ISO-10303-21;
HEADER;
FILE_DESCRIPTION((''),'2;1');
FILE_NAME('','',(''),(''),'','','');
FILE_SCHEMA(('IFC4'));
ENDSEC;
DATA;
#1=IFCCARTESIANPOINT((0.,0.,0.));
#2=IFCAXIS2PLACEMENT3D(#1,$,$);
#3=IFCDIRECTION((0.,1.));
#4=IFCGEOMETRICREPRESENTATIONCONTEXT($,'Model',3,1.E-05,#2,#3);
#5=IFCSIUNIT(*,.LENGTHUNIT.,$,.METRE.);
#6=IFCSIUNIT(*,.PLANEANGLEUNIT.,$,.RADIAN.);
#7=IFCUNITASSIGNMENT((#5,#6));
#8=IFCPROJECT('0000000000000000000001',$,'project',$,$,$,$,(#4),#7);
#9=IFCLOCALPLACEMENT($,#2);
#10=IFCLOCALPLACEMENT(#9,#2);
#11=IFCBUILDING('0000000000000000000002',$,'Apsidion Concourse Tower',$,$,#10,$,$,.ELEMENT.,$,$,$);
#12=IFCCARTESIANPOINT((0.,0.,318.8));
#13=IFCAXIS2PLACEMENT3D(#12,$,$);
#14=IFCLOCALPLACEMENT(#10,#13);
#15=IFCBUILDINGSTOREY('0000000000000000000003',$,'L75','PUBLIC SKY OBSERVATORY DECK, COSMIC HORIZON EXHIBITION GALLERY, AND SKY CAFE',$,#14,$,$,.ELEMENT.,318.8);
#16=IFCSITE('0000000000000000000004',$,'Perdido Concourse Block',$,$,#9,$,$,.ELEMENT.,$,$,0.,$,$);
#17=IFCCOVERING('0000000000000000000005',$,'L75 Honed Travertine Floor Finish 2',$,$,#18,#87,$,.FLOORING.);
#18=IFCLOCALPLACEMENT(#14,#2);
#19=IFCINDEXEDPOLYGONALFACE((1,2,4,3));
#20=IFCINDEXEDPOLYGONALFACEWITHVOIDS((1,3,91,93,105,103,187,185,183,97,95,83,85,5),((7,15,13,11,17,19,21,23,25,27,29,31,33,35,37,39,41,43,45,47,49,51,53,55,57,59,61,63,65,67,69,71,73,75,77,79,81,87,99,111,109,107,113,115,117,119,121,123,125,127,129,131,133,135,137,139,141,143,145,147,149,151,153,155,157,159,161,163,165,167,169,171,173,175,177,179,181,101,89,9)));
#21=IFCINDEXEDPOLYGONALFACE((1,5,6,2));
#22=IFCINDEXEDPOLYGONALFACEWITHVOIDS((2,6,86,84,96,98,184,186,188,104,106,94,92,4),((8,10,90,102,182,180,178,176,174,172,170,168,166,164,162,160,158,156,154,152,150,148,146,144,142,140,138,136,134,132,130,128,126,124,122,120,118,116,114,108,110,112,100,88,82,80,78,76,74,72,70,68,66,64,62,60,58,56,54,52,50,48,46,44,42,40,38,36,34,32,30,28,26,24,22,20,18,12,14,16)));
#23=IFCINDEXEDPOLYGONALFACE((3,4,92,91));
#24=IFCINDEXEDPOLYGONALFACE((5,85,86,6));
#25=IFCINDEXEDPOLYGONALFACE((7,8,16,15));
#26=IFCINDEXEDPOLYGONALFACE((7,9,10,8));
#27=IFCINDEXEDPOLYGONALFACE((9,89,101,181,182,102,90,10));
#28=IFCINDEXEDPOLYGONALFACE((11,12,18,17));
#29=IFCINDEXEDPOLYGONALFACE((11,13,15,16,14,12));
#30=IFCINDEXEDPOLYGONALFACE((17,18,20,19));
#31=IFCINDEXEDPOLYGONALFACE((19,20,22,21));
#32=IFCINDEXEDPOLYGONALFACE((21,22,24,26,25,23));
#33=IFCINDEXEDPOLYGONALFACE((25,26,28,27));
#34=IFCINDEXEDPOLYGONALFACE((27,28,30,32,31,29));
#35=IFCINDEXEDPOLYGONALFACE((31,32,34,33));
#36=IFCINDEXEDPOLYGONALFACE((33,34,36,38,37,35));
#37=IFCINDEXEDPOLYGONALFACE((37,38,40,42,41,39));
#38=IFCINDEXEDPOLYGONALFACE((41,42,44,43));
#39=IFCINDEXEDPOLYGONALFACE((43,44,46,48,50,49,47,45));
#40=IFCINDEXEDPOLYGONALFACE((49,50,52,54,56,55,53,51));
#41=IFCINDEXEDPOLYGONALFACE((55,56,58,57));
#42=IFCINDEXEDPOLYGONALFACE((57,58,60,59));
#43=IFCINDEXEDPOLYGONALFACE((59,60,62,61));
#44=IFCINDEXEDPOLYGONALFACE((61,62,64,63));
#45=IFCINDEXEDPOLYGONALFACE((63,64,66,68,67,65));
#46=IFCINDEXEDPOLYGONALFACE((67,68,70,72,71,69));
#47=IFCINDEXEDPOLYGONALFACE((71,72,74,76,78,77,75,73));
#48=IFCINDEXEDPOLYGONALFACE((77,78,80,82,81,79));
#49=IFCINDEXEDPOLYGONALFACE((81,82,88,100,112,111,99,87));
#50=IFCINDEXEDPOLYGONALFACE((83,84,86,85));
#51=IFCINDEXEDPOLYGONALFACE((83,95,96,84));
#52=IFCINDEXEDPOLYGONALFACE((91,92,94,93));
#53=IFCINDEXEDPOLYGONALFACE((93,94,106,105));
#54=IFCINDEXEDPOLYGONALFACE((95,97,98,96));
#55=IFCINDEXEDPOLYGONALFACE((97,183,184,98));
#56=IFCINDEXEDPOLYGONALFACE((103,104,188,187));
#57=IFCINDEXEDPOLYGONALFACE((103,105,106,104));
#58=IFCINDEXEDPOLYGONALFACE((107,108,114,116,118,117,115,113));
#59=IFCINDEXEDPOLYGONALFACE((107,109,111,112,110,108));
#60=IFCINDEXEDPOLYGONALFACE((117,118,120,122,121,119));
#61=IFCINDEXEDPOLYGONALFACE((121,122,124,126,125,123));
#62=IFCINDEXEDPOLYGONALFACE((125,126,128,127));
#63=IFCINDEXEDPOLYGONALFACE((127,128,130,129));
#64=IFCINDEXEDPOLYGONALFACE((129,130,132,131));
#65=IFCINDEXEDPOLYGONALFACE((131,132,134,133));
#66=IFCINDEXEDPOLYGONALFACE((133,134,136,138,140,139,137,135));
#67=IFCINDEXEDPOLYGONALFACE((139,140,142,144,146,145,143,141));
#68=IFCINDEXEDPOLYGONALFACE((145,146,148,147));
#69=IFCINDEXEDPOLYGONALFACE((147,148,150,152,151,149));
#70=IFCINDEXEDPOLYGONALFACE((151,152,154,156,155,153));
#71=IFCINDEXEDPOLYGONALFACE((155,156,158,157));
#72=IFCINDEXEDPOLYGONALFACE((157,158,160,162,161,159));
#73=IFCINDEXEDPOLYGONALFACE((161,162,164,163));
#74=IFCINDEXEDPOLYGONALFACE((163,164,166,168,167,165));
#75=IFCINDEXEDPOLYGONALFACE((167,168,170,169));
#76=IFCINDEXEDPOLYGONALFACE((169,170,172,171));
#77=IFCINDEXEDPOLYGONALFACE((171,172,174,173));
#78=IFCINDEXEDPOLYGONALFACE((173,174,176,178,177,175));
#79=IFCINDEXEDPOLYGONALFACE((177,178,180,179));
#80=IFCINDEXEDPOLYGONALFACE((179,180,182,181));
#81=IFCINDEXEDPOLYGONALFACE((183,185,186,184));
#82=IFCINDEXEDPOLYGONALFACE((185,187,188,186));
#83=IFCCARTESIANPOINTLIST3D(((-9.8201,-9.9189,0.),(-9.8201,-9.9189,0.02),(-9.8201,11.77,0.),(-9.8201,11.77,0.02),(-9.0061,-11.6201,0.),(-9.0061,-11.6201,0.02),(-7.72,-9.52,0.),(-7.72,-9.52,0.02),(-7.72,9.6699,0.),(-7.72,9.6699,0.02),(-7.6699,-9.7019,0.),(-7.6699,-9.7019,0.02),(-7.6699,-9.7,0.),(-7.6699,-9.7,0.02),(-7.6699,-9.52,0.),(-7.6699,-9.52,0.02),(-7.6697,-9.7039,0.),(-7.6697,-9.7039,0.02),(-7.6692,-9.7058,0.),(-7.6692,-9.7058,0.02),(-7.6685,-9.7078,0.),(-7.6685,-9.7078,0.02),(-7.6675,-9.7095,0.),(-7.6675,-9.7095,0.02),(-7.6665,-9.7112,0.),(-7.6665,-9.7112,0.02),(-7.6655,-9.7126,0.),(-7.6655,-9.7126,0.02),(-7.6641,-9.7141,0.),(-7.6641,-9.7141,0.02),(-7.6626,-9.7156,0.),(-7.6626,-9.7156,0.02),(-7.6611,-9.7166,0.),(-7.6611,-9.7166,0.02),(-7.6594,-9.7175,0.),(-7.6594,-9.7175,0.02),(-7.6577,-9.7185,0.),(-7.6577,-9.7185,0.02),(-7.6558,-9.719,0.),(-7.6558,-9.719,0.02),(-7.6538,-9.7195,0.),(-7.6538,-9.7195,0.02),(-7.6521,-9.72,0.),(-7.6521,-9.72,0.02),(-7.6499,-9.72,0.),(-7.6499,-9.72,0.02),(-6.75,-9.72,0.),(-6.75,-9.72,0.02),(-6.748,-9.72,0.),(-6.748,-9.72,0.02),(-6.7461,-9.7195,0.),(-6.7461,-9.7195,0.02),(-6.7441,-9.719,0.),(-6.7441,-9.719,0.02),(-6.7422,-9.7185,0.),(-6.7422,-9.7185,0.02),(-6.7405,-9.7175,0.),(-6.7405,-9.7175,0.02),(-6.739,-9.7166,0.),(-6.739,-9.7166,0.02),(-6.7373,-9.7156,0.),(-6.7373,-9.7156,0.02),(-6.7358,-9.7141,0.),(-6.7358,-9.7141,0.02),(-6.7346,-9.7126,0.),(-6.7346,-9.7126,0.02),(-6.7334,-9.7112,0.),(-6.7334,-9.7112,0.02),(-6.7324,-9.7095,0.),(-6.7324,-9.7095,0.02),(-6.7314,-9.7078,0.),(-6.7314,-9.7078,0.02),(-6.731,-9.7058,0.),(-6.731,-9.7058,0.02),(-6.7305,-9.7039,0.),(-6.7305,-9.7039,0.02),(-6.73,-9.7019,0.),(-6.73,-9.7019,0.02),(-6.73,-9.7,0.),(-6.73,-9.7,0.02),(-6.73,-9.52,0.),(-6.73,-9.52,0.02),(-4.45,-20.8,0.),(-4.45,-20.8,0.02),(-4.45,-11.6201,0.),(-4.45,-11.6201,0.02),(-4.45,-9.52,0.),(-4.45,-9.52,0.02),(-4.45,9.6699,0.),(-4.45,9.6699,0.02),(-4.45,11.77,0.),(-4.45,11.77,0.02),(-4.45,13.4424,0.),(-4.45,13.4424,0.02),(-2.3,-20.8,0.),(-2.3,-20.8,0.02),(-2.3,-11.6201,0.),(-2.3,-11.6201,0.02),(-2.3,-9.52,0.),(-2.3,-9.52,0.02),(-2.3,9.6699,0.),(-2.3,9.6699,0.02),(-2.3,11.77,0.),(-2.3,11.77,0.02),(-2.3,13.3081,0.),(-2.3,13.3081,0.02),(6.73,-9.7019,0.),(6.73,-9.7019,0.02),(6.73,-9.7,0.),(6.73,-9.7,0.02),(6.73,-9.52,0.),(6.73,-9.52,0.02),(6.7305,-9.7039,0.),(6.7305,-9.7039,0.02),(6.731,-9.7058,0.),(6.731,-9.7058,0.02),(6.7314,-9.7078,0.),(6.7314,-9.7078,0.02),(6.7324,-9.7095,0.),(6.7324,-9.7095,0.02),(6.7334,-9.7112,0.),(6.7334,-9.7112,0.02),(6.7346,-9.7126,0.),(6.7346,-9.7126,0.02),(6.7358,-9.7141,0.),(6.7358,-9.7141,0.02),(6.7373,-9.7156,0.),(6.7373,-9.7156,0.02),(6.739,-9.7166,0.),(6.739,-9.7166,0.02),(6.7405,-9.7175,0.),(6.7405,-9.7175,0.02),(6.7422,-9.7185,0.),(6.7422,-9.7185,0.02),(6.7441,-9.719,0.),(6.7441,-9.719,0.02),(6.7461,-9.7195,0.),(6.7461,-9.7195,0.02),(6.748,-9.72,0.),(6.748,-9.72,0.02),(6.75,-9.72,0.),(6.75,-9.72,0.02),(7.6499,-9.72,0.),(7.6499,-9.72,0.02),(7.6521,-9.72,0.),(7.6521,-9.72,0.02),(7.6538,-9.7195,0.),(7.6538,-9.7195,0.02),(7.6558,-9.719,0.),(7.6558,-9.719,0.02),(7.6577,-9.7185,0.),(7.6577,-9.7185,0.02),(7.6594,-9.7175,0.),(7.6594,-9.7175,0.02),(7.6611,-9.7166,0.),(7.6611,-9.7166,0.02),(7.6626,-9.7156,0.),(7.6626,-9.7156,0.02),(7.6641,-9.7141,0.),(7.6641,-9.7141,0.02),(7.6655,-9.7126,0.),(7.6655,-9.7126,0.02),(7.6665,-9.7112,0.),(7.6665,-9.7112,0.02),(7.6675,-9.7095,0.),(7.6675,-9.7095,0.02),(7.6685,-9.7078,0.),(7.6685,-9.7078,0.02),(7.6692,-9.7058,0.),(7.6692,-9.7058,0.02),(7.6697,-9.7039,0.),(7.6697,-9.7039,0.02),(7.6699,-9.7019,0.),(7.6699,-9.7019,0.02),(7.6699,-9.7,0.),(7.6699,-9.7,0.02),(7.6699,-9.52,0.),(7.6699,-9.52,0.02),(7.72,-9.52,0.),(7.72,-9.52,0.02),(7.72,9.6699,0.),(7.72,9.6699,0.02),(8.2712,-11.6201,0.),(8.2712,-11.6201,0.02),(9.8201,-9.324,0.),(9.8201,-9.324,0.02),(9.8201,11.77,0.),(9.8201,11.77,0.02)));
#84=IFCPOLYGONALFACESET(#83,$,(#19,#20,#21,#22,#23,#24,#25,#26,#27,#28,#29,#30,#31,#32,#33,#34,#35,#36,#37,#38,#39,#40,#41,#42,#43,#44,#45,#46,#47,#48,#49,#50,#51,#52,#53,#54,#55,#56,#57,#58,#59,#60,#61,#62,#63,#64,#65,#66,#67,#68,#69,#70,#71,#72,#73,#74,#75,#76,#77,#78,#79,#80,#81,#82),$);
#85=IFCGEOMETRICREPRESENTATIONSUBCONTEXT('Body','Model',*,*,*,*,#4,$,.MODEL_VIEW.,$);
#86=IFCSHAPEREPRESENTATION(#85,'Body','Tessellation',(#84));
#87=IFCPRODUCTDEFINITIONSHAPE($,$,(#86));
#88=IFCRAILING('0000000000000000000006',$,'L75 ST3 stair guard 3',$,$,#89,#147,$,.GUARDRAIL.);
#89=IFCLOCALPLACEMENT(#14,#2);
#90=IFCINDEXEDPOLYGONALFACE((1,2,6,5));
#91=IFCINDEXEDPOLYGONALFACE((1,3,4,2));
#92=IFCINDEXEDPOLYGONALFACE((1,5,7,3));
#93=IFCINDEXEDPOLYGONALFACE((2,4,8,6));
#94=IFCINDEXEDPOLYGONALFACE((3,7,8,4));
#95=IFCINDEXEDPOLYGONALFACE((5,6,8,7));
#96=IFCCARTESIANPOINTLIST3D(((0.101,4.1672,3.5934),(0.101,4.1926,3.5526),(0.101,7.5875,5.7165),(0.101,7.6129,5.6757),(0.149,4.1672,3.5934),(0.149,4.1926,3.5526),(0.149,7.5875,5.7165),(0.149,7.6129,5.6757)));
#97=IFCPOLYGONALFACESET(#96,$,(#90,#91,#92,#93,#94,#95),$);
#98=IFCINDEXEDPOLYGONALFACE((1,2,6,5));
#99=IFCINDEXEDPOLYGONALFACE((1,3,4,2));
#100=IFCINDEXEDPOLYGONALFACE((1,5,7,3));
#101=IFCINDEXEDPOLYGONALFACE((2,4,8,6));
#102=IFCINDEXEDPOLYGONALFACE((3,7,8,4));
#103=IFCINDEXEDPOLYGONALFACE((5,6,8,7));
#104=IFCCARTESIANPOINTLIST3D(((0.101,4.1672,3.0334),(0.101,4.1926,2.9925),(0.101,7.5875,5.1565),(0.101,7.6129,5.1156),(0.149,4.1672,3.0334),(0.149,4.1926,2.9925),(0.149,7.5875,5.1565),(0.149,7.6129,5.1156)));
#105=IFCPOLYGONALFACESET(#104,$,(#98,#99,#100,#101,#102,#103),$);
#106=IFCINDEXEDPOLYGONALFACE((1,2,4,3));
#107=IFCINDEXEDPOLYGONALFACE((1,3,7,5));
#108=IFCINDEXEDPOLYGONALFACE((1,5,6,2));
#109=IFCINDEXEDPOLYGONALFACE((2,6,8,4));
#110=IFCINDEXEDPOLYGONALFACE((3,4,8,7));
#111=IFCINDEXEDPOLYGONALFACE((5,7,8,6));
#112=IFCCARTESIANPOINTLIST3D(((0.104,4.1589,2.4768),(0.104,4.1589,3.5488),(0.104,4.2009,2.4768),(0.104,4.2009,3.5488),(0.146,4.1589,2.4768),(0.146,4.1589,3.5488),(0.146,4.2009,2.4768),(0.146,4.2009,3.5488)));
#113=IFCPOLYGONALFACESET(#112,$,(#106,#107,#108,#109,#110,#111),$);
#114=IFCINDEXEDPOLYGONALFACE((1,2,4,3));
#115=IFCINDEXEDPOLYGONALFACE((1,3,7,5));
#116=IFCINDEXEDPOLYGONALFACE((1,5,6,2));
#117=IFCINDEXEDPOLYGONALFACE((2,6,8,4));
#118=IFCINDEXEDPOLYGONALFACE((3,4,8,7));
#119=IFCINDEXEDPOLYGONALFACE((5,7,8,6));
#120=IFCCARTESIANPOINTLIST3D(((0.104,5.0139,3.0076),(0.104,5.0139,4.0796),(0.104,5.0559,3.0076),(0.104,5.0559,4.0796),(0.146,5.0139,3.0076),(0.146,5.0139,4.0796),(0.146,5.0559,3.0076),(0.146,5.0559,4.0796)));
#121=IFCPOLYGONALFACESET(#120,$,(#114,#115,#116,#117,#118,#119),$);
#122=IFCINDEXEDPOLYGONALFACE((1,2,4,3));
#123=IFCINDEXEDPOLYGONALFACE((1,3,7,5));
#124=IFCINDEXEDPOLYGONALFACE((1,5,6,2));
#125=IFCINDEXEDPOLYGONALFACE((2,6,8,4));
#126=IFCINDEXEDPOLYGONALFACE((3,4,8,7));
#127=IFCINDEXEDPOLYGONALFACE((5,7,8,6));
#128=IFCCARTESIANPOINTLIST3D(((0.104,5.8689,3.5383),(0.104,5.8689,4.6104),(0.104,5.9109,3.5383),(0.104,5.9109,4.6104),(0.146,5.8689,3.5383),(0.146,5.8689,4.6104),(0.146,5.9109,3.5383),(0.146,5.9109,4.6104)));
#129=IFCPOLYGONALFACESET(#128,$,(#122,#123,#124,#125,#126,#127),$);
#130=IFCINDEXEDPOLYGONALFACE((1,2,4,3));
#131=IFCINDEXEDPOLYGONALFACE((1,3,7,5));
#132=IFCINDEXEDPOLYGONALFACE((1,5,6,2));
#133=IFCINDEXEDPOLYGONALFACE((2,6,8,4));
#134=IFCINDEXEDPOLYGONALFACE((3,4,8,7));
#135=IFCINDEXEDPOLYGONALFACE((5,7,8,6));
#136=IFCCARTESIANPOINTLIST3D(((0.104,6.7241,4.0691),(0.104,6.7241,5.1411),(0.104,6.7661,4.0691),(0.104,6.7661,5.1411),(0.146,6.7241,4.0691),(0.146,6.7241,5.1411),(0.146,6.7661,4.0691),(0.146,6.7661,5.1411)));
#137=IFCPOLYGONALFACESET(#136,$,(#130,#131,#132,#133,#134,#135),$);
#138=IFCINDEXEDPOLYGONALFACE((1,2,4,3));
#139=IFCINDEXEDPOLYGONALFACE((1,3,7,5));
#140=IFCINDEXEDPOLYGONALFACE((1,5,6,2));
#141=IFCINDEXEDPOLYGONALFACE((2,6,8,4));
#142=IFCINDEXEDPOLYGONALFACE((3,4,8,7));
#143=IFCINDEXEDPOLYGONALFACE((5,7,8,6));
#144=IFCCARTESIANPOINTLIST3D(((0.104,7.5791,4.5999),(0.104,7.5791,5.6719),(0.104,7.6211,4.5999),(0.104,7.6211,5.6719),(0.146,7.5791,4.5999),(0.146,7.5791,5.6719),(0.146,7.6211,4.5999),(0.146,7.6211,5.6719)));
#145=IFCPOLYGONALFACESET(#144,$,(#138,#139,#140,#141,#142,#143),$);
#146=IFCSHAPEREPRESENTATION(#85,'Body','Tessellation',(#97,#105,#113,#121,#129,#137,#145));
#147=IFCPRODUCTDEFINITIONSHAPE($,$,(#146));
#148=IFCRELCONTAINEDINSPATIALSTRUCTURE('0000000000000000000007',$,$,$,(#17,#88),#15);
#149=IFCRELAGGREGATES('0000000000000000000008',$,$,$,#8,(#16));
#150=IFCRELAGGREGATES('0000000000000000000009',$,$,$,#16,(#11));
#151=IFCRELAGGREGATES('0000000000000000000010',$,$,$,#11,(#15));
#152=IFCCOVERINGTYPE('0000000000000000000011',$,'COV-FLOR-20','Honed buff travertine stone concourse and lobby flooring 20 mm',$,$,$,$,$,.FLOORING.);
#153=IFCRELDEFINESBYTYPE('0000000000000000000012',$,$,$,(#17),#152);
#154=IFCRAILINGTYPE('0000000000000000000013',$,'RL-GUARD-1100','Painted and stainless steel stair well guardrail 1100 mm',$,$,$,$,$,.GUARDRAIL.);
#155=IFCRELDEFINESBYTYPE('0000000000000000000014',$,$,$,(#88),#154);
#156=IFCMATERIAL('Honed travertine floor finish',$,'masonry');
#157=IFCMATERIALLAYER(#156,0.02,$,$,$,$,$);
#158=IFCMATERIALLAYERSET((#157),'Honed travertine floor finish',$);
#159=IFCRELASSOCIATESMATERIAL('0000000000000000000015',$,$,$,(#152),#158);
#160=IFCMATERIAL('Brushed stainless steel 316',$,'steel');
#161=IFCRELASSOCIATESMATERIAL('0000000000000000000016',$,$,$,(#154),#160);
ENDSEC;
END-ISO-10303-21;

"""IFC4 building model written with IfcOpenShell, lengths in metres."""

from ifc_helpers import new_model, si_unit, direction, frame, origin, origin_2d, place, context, subcontext, project, spatial, polyline, rectangle, outline, extrude, material, layer, layer_set, type_object, element, save


model = new_model("IFC4")

# Units and contexts
model_context = context("Model", 3, precision=1e-05, world=origin(), true_north=direction((0.0, 1.0)))
body_context = subcontext(model_context, "Body", "Model", "MODEL_VIEW")
ifc_project = project(units=[si_unit("LENGTHUNIT", "METRE"), si_unit("PLANEANGLEUNIT", "RADIAN")], contexts=[model_context])

# Site, building, storey
site_placement = place(None, origin())
site = spatial("IfcSite", under=ifc_project, at=site_placement, Name="Perdido Concourse Block", CompositionType="ELEMENT", RefElevation=0.0)
building_placement = place(site_placement, origin())
building = spatial("IfcBuilding", under=site, at=building_placement, Name="Apsidion Concourse Tower", CompositionType="ELEMENT")
storey_placement = place(building_placement, frame((0.0, 0.0, 318.8)))
storey = spatial("IfcBuildingStorey", under=building, at=storey_placement, Name="L75", Description="PUBLIC SKY OBSERVATORY DECK, COSMIC HORIZON EXHIBITION GALLERY, AND SKY CAFE", CompositionType="ELEMENT", Elevation=318.8)

# Covering
ifc_material_1 = material(Name="Honed travertine floor finish", Category="masonry")
ifc_layer_1 = layer(ifc_material_1, 0.02)
ifc_layer_set_1 = layer_set([ifc_layer_1], Name="Honed travertine floor finish")
covering_type_1 = type_object("IfcCoveringType", Name="COV-FLOR-20", Description="Honed buff travertine stone concourse and lobby flooring 20 mm", PredefinedType="FLOORING", material=ifc_layer_set_1)
covering_1_placement = place(storey_placement, origin())
element("IfcCovering", 1, at=covering_1_placement, inside=storey, type_object=covering_type_1, Name="L75 Honed Travertine Floor Finish 2", PredefinedType="FLOORING", context=body_context, shape_type="SweptSolid", body=[
    extrude(outline(polyline([(-9.0061, -11.6201), (-9.8201, -9.9189), (-9.8201, 11.77), (-4.45, 11.77), (-4.45, 13.4424), (-2.3, 13.3081), (-2.3, 11.77), (9.8201, 11.77), (9.8201, -9.324), (8.2712, -11.6201), (-2.3, -11.6201), (-2.3, -20.8), (-4.45, -20.8), (-4.45, -11.6201), (-9.0061, -11.6201)]), holes=[polyline([(-2.3, 9.6699), (-4.45, 9.6699), (-7.72, 9.6699), (-7.72, -9.52), (-7.6699, -9.52), (-7.6699, -9.7), (-7.6699, -9.7019), (-7.6697, -9.7039), (-7.6692, -9.7058), (-7.6685, -9.7078), (-7.6675, -9.7095), (-7.6665, -9.7112), (-7.6655, -9.7126), (-7.6641, -9.7141), (-7.6626, -9.7156), (-7.6611, -9.7166), (-7.6594, -9.7175), (-7.6577, -9.7185), (-7.6558, -9.719), (-7.6538, -9.7195), (-7.6521, -9.72), (-7.6499, -9.72), (-6.75, -9.72), (-6.748, -9.72), (-6.7461, -9.7195), (-6.7441, -9.719), (-6.7422, -9.7185), (-6.7405, -9.7175), (-6.739, -9.7166), (-6.7373, -9.7156), (-6.7358, -9.7141), (-6.7346, -9.7126), (-6.7334, -9.7112), (-6.7324, -9.7095), (-6.7314, -9.7078), (-6.731, -9.7058), (-6.7305, -9.7039), (-6.73, -9.7019), (-6.73, -9.7), (-6.73, -9.52), (-4.45, -9.52), (-2.3, -9.52), (6.73, -9.52), (6.73, -9.7), (6.73, -9.7019), (6.7305, -9.7039), (6.731, -9.7058), (6.7314, -9.7078), (6.7324, -9.7095), (6.7334, -9.7112), (6.7346, -9.7126), (6.7358, -9.7141), (6.7373, -9.7156), (6.739, -9.7166), (6.7405, -9.7175), (6.7422, -9.7185), (6.7441, -9.719), (6.7461, -9.7195), (6.748, -9.72), (6.75, -9.72), (7.6499, -9.72), (7.6521, -9.72), (7.6538, -9.7195), (7.6558, -9.719), (7.6577, -9.7185), (7.6594, -9.7175), (7.6611, -9.7166), (7.6626, -9.7156), (7.6641, -9.7141), (7.6655, -9.7126), (7.6665, -9.7112), (7.6675, -9.7095), (7.6685, -9.7078), (7.6692, -9.7058), (7.6697, -9.7039), (7.6699, -9.7019), (7.6699, -9.7), (7.6699, -9.52), (7.72, -9.52), (7.72, 9.6699), (-2.3, 9.6699)])]), origin(), (0.0, 0.0, 1.0), 0.02),
])

# Railing
ifc_material_2 = material(Name="Brushed stainless steel 316", Category="steel")
railing_type_1 = type_object("IfcRailingType", Name="RL-GUARD-1100", Description="Painted and stainless steel stair well guardrail 1100 mm", PredefinedType="GUARDRAIL", material=ifc_material_2)
railing_1_placement = place(storey_placement, frame((0.125, 4.1799, 2.4768)))
element("IfcRailing", 2, at=railing_1_placement, inside=storey, type_object=railing_type_1, Name="L75 ST3 stair guard 3", PredefinedType="GUARDRAIL", context=body_context, shape_type="SweptSolid", body=[
    extrude(rectangle(XDim=0.0481, YDim=0.0481, at=origin_2d()), frame((0.0, 0.0, 1.0962), z_axis=(0.0, 0.84962, 0.527396), x_axis=(-1.0, 0.0, 0.0)), (0.0, 0.0, 1.0), 4.0256),
    extrude(rectangle(XDim=0.0481, YDim=0.0481, at=origin_2d()), frame((0.0, 0.0, 0.5361), z_axis=(0.0, 0.84962, 0.527396), x_axis=(-1.0, 0.0, 0.0)), (0.0, 0.0, 1.0), 4.0256),
    extrude(rectangle(XDim=0.042, YDim=0.042, at=origin_2d()), origin(), (0.0, 0.0, 1.0), 1.072),
    extrude(rectangle(XDim=0.042, YDim=0.042, at=origin_2d()), frame((0.0, 0.855, 0.5308)), (0.0, 0.0, 1.0), 1.072),
    extrude(rectangle(XDim=0.042, YDim=0.042, at=origin_2d()), frame((0.0, 1.71, 1.0615)), (0.0, 0.0, 1.0), 1.072),
    extrude(rectangle(XDim=0.042, YDim=0.042, at=origin_2d()), frame((0.0, 2.5652, 1.5923)), (0.0, 0.0, 1.0), 1.072),
    extrude(rectangle(XDim=0.042, YDim=0.042, at=origin_2d()), frame((0.0, 3.4202, 2.123)), (0.0, 0.0, 1.0), 1.072),
])

save(model, "model.ifc")
